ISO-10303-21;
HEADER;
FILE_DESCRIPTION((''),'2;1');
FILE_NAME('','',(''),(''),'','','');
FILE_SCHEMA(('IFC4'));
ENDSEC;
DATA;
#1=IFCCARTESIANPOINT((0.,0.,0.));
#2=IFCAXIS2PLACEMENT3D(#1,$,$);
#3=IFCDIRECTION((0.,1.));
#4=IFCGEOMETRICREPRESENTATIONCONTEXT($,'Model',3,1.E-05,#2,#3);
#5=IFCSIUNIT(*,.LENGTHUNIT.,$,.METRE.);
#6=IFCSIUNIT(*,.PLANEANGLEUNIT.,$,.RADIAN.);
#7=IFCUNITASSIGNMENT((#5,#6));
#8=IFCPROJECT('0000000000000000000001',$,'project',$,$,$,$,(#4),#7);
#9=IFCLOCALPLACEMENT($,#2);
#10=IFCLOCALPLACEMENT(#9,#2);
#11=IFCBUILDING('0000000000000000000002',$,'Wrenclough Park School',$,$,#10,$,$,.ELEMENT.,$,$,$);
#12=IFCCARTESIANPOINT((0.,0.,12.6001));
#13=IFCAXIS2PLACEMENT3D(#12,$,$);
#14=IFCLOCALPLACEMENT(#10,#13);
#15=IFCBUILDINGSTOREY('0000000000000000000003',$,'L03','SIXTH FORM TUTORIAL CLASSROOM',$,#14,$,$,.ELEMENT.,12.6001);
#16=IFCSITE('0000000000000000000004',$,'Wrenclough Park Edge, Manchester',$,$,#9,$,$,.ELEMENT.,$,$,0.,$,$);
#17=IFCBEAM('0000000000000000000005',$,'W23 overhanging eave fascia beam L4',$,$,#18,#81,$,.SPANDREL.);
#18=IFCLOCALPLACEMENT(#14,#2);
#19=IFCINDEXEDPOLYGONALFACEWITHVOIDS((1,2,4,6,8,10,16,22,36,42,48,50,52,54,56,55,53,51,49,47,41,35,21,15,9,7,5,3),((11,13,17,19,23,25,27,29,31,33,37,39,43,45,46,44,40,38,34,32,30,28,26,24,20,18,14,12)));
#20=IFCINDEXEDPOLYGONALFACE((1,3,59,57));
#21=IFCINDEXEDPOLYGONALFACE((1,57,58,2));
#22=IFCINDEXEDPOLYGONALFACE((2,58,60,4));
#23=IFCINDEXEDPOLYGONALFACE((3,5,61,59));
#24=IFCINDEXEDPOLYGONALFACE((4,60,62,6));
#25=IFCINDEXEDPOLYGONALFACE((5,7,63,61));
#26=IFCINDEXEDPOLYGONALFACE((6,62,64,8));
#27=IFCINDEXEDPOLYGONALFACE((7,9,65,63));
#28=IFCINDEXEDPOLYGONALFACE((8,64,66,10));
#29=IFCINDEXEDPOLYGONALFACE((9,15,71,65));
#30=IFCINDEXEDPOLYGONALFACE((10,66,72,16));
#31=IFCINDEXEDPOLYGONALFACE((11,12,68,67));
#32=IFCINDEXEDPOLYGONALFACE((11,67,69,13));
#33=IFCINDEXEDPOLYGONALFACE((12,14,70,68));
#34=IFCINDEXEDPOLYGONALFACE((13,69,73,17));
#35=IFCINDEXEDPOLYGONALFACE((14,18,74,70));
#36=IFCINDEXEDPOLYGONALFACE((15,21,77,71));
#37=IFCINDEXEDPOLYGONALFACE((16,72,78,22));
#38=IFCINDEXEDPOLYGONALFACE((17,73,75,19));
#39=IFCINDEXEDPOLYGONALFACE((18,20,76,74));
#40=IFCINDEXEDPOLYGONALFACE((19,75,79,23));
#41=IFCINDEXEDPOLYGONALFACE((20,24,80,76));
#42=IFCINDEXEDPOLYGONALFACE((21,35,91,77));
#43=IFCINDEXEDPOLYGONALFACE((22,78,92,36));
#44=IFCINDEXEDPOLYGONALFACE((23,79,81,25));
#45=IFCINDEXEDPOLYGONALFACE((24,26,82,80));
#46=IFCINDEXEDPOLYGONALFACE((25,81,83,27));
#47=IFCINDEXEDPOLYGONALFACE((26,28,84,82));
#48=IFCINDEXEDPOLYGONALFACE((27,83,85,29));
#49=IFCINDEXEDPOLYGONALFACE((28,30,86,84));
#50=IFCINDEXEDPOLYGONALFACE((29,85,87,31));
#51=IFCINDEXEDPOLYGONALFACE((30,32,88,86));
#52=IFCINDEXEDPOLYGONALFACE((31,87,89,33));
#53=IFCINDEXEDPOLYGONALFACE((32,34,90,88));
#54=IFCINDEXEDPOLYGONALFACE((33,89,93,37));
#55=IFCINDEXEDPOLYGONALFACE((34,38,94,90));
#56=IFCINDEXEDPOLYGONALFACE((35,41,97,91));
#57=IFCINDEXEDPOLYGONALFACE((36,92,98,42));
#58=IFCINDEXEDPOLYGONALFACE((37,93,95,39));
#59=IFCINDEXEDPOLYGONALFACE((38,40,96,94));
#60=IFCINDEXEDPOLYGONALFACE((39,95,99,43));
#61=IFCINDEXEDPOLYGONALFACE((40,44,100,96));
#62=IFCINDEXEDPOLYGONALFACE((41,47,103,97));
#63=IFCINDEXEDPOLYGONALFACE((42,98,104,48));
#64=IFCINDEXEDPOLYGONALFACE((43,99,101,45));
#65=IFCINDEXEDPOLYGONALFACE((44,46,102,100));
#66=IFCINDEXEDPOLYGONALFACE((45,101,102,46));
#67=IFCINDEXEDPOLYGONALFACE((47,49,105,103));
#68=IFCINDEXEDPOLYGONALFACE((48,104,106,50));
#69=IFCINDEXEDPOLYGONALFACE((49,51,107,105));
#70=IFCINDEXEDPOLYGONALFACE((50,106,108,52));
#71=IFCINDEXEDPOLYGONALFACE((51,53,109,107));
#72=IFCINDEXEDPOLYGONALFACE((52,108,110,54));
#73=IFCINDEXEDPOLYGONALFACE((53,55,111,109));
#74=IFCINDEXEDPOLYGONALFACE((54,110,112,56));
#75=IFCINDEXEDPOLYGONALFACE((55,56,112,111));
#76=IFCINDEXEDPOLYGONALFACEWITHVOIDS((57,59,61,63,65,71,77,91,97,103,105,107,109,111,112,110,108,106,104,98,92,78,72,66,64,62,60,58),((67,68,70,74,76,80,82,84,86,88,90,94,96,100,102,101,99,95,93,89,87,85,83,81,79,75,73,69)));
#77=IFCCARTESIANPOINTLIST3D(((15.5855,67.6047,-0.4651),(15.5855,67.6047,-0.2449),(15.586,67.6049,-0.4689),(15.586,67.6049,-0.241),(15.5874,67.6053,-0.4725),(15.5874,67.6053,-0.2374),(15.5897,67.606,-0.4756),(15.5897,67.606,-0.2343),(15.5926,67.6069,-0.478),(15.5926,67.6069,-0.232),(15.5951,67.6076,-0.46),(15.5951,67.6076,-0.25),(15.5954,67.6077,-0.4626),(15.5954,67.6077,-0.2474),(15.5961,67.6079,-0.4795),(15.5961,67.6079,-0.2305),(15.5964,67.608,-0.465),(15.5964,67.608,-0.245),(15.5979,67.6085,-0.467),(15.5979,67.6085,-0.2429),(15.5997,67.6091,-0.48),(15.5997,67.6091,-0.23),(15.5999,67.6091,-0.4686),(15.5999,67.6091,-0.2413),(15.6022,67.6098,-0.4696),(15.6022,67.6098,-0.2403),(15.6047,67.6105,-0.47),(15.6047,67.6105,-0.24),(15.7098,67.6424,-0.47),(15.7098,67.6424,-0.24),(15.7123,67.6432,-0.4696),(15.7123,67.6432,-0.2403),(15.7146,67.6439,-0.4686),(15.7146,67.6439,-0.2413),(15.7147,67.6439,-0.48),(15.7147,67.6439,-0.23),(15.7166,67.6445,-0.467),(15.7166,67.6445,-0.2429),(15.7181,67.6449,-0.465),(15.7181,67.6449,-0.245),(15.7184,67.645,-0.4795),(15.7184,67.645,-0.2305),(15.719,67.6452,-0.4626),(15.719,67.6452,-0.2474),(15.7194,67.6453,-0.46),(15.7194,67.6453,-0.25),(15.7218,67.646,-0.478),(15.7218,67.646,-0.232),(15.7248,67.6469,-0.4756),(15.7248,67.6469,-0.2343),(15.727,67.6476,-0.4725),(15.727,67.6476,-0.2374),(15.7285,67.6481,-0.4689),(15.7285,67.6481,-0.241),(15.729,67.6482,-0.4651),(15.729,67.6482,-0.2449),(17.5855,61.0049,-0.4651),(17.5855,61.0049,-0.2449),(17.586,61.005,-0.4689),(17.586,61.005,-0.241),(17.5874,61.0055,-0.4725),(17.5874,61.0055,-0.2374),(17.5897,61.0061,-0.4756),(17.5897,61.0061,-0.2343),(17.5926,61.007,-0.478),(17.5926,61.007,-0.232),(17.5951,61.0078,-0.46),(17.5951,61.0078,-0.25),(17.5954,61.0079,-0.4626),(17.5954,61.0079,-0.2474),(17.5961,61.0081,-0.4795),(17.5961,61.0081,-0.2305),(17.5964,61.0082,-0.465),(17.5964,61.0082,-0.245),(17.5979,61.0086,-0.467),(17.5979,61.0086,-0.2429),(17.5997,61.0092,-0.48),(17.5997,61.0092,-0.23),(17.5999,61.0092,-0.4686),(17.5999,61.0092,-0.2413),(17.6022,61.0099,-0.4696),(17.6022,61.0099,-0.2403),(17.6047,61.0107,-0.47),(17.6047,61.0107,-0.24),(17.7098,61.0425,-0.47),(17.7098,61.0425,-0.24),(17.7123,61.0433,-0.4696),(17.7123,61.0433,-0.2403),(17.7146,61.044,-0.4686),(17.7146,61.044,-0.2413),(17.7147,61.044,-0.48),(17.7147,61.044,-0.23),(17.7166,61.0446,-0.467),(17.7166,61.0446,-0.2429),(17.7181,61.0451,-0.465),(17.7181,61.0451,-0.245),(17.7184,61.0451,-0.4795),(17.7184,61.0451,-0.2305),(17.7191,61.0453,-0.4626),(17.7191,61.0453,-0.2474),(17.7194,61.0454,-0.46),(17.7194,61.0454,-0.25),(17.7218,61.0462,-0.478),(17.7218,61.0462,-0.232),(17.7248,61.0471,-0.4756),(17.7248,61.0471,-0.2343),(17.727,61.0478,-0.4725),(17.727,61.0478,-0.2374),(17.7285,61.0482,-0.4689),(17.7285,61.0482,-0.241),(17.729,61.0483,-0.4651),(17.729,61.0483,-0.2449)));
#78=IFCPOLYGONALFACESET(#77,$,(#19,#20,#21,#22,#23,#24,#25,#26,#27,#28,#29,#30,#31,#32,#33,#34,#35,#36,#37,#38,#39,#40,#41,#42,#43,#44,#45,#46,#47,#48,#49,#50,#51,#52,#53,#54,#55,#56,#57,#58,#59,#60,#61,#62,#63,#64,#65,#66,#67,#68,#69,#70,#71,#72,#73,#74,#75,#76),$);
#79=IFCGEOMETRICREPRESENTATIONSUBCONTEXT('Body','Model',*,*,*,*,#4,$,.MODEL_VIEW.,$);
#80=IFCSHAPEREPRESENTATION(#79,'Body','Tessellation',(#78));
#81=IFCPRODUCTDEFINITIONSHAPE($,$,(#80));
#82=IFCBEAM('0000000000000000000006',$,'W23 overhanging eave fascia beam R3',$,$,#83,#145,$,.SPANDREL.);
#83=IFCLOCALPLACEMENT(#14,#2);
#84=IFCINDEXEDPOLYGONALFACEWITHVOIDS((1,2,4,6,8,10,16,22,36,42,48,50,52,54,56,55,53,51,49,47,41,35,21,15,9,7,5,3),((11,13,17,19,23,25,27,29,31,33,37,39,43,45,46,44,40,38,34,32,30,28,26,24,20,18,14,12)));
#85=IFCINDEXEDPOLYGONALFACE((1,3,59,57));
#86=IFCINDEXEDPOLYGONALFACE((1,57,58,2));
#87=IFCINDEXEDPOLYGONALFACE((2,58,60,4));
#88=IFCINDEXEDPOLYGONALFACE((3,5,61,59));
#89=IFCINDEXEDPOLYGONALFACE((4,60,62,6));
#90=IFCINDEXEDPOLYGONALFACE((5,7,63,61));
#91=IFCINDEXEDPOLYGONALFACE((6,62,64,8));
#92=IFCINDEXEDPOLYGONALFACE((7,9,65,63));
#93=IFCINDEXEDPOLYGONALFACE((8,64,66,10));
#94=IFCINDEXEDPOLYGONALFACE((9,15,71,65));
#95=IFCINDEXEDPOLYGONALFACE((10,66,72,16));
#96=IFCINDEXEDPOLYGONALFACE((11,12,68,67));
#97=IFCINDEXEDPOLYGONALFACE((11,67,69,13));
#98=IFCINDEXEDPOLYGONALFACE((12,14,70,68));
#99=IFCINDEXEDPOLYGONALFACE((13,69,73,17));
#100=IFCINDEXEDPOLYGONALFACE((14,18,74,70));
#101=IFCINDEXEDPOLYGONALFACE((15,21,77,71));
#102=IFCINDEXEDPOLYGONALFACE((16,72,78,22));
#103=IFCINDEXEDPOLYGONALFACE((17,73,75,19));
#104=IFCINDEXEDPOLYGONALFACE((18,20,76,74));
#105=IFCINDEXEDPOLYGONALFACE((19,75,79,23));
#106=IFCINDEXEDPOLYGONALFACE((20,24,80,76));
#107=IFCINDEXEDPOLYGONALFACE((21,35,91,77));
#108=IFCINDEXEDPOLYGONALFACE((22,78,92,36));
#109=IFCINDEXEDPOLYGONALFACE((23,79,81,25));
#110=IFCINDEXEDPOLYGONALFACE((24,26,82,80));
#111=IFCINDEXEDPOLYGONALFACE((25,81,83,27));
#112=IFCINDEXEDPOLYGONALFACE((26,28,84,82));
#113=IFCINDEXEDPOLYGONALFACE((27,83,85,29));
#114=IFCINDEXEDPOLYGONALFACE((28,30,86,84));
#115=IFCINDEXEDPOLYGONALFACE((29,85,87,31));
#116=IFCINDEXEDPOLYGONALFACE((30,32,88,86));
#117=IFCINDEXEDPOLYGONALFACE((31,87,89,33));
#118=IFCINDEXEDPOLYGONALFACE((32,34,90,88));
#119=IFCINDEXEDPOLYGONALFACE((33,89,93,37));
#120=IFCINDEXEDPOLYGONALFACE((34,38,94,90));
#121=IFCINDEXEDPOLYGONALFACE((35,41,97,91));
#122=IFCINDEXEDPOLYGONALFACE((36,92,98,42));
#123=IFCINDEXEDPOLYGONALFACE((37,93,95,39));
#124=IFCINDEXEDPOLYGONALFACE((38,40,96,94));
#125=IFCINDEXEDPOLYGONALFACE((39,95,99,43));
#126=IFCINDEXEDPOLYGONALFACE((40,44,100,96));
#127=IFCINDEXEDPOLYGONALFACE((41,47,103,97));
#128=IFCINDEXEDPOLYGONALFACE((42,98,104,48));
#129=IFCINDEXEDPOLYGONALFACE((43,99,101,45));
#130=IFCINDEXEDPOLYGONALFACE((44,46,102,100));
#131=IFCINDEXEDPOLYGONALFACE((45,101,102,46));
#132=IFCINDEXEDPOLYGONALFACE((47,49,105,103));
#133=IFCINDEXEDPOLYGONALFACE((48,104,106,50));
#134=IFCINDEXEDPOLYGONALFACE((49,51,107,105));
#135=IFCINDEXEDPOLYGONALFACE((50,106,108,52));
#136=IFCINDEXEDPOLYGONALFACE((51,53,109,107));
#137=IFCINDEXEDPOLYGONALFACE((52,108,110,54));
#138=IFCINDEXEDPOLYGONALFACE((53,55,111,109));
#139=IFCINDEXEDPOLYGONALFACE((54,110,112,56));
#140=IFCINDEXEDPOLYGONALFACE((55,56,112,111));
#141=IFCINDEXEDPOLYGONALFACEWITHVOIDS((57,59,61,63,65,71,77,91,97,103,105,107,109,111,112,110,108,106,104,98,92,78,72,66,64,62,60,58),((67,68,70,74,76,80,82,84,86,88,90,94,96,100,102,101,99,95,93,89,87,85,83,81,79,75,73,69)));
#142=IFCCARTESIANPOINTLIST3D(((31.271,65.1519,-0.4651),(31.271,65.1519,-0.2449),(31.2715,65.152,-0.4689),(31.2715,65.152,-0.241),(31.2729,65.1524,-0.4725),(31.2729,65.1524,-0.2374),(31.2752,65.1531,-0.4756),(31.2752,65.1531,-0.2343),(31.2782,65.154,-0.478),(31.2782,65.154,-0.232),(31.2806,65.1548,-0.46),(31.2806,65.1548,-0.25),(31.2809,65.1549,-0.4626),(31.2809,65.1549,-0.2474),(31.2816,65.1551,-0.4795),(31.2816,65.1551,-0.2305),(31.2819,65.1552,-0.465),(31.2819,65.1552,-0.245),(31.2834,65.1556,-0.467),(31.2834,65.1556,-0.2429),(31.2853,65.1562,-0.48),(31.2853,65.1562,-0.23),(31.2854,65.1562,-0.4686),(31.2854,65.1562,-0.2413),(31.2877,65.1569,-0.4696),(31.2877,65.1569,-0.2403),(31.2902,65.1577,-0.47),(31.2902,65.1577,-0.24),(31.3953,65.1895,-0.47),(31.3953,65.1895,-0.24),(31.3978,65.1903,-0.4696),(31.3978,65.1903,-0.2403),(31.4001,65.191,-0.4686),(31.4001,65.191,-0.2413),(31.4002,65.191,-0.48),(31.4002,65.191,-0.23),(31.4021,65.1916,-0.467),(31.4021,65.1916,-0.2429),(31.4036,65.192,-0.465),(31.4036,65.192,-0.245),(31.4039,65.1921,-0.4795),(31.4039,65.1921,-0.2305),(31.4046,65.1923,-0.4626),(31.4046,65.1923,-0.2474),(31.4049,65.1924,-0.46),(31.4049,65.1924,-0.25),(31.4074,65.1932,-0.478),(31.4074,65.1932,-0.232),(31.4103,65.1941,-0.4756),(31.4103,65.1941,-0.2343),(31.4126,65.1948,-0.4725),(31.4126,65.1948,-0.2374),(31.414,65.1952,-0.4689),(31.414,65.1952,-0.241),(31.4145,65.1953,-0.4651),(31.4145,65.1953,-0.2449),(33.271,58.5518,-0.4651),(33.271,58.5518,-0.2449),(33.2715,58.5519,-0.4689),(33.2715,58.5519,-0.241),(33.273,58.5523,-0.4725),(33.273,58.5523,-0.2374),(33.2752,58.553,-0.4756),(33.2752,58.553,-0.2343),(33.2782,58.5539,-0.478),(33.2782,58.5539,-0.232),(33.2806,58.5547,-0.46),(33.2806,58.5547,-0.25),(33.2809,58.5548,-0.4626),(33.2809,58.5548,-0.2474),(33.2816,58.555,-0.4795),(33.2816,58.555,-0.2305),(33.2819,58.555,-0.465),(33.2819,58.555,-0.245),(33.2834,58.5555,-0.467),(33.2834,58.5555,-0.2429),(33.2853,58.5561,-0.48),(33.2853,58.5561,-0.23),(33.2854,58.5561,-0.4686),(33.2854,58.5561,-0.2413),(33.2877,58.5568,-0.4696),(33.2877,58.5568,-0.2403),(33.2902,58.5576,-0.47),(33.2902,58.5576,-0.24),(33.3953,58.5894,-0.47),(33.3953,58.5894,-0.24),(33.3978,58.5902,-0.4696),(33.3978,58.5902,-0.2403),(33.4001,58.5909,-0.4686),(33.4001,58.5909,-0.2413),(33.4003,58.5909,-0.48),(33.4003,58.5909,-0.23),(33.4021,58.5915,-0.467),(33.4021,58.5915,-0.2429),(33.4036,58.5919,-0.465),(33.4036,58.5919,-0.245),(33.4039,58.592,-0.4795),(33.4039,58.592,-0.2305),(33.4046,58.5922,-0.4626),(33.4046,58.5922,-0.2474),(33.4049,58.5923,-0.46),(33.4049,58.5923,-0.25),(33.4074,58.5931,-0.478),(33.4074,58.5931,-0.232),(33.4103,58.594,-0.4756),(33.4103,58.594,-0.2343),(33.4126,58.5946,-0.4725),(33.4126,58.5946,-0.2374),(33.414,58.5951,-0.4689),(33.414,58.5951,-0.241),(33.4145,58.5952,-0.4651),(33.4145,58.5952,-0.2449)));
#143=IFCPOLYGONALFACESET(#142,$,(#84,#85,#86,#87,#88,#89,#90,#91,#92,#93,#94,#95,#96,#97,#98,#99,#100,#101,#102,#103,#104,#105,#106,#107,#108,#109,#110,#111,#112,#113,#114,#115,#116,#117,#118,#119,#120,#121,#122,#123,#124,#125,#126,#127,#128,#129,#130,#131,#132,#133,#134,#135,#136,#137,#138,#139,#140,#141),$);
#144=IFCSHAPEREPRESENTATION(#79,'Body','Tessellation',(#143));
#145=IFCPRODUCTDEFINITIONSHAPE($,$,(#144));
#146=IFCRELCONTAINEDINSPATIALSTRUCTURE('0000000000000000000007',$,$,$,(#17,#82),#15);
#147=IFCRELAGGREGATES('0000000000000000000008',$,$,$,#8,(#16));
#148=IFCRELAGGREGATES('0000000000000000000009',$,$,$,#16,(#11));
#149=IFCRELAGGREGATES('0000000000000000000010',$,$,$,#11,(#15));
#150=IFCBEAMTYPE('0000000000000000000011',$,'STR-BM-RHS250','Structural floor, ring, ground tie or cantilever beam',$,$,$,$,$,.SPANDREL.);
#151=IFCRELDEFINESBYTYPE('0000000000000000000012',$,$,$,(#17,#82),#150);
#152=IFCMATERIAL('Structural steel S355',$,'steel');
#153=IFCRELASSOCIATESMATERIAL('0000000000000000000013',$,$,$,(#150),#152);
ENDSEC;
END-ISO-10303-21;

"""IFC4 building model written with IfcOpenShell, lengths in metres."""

from ifc_helpers import new_model, si_unit, direction, frame, origin, origin_2d, place, context, subcontext, project, spatial, hollow_rectangle, extrude, material, material_profile, profile_set, type_object, element, save


model = new_model("IFC4")

# Units and contexts
model_context = context("Model", 3, precision=1e-05, world=origin(), true_north=direction((0.0, 1.0)))
body_context = subcontext(model_context, "Body", "Model", "MODEL_VIEW")
ifc_project = project(units=[si_unit("LENGTHUNIT", "METRE"), si_unit("PLANEANGLEUNIT", "RADIAN")], contexts=[model_context])

# Site, building, storey
site_placement = place(None, origin())
site = spatial("IfcSite", under=ifc_project, at=site_placement, Name="Wrenclough Park Edge, Manchester", CompositionType="ELEMENT", RefElevation=0.0)
building_placement = place(site_placement, origin())
building = spatial("IfcBuilding", under=site, at=building_placement, Name="Wrenclough Park School", CompositionType="ELEMENT")
storey_placement = place(building_placement, frame((0.0, 0.0, 12.6001)))
storey = spatial("IfcBuildingStorey", under=building, at=storey_placement, Name="L03", Description="SIXTH FORM TUTORIAL CLASSROOM", CompositionType="ELEMENT", Elevation=12.6001)

# Shared definitions
ifc_material_1 = material(Name="Structural steel S355", Category="steel")

# Beams
ifc_material_profile_1 = material_profile(ifc_material_1, hollow_rectangle(XDim=0.1499, YDim=0.25, WallThickness=0.01, InnerFilletRadius=0.01, OuterFilletRadius=0.0149, at=origin_2d()), Name="RHS 250x150x10.0")
ifc_profile_set_1 = profile_set([ifc_material_profile_1], Name="Structural steel S355")
beam_type_1 = type_object("IfcBeamType", Name="STR-BM-RHS250", Description="Structural floor, ring, ground tie or cantilever beam", PredefinedType="SPANDREL", material=ifc_profile_set_1)
beam_1_placement = place(storey_placement, frame((17.6572, 61.0266, -0.355), z_axis=(-0.290013, 0.957023, 0.0), x_axis=(-0.957023, -0.290013, 0.0)))
element("IfcBeam", 1, at=beam_1_placement, inside=storey, type_object=beam_type_1, Name="W23 overhanging eave fascia beam L4", PredefinedType="SPANDREL", context=body_context, shape_type="SweptSolid", body=[
    extrude(hollow_rectangle(XDim=0.1499, YDim=0.25, WallThickness=0.01, InnerFilletRadius=0.01, OuterFilletRadius=0.0149, at=origin_2d()), origin(), (0.0, 0.0, 1.0), 6.8962),
])
beam_2_placement = place(storey_placement, frame((33.3428, 58.5735, -0.355), z_axis=(-0.290003, 0.957026, 0.0), x_axis=(-0.957026, -0.290003, 0.0)))
element("IfcBeam", 2, at=beam_2_placement, inside=storey, type_object=beam_type_1, Name="W23 overhanging eave fascia beam R3", PredefinedType="SPANDREL", context=body_context, shape_type="SweptSolid", body=[
    extrude(hollow_rectangle(XDim=0.1499, YDim=0.25, WallThickness=0.01, InnerFilletRadius=0.01, OuterFilletRadius=0.0149, at=origin_2d()), origin(), (0.0, 0.0, 1.0), 6.8965),
])

save(model, "model.ifc")
